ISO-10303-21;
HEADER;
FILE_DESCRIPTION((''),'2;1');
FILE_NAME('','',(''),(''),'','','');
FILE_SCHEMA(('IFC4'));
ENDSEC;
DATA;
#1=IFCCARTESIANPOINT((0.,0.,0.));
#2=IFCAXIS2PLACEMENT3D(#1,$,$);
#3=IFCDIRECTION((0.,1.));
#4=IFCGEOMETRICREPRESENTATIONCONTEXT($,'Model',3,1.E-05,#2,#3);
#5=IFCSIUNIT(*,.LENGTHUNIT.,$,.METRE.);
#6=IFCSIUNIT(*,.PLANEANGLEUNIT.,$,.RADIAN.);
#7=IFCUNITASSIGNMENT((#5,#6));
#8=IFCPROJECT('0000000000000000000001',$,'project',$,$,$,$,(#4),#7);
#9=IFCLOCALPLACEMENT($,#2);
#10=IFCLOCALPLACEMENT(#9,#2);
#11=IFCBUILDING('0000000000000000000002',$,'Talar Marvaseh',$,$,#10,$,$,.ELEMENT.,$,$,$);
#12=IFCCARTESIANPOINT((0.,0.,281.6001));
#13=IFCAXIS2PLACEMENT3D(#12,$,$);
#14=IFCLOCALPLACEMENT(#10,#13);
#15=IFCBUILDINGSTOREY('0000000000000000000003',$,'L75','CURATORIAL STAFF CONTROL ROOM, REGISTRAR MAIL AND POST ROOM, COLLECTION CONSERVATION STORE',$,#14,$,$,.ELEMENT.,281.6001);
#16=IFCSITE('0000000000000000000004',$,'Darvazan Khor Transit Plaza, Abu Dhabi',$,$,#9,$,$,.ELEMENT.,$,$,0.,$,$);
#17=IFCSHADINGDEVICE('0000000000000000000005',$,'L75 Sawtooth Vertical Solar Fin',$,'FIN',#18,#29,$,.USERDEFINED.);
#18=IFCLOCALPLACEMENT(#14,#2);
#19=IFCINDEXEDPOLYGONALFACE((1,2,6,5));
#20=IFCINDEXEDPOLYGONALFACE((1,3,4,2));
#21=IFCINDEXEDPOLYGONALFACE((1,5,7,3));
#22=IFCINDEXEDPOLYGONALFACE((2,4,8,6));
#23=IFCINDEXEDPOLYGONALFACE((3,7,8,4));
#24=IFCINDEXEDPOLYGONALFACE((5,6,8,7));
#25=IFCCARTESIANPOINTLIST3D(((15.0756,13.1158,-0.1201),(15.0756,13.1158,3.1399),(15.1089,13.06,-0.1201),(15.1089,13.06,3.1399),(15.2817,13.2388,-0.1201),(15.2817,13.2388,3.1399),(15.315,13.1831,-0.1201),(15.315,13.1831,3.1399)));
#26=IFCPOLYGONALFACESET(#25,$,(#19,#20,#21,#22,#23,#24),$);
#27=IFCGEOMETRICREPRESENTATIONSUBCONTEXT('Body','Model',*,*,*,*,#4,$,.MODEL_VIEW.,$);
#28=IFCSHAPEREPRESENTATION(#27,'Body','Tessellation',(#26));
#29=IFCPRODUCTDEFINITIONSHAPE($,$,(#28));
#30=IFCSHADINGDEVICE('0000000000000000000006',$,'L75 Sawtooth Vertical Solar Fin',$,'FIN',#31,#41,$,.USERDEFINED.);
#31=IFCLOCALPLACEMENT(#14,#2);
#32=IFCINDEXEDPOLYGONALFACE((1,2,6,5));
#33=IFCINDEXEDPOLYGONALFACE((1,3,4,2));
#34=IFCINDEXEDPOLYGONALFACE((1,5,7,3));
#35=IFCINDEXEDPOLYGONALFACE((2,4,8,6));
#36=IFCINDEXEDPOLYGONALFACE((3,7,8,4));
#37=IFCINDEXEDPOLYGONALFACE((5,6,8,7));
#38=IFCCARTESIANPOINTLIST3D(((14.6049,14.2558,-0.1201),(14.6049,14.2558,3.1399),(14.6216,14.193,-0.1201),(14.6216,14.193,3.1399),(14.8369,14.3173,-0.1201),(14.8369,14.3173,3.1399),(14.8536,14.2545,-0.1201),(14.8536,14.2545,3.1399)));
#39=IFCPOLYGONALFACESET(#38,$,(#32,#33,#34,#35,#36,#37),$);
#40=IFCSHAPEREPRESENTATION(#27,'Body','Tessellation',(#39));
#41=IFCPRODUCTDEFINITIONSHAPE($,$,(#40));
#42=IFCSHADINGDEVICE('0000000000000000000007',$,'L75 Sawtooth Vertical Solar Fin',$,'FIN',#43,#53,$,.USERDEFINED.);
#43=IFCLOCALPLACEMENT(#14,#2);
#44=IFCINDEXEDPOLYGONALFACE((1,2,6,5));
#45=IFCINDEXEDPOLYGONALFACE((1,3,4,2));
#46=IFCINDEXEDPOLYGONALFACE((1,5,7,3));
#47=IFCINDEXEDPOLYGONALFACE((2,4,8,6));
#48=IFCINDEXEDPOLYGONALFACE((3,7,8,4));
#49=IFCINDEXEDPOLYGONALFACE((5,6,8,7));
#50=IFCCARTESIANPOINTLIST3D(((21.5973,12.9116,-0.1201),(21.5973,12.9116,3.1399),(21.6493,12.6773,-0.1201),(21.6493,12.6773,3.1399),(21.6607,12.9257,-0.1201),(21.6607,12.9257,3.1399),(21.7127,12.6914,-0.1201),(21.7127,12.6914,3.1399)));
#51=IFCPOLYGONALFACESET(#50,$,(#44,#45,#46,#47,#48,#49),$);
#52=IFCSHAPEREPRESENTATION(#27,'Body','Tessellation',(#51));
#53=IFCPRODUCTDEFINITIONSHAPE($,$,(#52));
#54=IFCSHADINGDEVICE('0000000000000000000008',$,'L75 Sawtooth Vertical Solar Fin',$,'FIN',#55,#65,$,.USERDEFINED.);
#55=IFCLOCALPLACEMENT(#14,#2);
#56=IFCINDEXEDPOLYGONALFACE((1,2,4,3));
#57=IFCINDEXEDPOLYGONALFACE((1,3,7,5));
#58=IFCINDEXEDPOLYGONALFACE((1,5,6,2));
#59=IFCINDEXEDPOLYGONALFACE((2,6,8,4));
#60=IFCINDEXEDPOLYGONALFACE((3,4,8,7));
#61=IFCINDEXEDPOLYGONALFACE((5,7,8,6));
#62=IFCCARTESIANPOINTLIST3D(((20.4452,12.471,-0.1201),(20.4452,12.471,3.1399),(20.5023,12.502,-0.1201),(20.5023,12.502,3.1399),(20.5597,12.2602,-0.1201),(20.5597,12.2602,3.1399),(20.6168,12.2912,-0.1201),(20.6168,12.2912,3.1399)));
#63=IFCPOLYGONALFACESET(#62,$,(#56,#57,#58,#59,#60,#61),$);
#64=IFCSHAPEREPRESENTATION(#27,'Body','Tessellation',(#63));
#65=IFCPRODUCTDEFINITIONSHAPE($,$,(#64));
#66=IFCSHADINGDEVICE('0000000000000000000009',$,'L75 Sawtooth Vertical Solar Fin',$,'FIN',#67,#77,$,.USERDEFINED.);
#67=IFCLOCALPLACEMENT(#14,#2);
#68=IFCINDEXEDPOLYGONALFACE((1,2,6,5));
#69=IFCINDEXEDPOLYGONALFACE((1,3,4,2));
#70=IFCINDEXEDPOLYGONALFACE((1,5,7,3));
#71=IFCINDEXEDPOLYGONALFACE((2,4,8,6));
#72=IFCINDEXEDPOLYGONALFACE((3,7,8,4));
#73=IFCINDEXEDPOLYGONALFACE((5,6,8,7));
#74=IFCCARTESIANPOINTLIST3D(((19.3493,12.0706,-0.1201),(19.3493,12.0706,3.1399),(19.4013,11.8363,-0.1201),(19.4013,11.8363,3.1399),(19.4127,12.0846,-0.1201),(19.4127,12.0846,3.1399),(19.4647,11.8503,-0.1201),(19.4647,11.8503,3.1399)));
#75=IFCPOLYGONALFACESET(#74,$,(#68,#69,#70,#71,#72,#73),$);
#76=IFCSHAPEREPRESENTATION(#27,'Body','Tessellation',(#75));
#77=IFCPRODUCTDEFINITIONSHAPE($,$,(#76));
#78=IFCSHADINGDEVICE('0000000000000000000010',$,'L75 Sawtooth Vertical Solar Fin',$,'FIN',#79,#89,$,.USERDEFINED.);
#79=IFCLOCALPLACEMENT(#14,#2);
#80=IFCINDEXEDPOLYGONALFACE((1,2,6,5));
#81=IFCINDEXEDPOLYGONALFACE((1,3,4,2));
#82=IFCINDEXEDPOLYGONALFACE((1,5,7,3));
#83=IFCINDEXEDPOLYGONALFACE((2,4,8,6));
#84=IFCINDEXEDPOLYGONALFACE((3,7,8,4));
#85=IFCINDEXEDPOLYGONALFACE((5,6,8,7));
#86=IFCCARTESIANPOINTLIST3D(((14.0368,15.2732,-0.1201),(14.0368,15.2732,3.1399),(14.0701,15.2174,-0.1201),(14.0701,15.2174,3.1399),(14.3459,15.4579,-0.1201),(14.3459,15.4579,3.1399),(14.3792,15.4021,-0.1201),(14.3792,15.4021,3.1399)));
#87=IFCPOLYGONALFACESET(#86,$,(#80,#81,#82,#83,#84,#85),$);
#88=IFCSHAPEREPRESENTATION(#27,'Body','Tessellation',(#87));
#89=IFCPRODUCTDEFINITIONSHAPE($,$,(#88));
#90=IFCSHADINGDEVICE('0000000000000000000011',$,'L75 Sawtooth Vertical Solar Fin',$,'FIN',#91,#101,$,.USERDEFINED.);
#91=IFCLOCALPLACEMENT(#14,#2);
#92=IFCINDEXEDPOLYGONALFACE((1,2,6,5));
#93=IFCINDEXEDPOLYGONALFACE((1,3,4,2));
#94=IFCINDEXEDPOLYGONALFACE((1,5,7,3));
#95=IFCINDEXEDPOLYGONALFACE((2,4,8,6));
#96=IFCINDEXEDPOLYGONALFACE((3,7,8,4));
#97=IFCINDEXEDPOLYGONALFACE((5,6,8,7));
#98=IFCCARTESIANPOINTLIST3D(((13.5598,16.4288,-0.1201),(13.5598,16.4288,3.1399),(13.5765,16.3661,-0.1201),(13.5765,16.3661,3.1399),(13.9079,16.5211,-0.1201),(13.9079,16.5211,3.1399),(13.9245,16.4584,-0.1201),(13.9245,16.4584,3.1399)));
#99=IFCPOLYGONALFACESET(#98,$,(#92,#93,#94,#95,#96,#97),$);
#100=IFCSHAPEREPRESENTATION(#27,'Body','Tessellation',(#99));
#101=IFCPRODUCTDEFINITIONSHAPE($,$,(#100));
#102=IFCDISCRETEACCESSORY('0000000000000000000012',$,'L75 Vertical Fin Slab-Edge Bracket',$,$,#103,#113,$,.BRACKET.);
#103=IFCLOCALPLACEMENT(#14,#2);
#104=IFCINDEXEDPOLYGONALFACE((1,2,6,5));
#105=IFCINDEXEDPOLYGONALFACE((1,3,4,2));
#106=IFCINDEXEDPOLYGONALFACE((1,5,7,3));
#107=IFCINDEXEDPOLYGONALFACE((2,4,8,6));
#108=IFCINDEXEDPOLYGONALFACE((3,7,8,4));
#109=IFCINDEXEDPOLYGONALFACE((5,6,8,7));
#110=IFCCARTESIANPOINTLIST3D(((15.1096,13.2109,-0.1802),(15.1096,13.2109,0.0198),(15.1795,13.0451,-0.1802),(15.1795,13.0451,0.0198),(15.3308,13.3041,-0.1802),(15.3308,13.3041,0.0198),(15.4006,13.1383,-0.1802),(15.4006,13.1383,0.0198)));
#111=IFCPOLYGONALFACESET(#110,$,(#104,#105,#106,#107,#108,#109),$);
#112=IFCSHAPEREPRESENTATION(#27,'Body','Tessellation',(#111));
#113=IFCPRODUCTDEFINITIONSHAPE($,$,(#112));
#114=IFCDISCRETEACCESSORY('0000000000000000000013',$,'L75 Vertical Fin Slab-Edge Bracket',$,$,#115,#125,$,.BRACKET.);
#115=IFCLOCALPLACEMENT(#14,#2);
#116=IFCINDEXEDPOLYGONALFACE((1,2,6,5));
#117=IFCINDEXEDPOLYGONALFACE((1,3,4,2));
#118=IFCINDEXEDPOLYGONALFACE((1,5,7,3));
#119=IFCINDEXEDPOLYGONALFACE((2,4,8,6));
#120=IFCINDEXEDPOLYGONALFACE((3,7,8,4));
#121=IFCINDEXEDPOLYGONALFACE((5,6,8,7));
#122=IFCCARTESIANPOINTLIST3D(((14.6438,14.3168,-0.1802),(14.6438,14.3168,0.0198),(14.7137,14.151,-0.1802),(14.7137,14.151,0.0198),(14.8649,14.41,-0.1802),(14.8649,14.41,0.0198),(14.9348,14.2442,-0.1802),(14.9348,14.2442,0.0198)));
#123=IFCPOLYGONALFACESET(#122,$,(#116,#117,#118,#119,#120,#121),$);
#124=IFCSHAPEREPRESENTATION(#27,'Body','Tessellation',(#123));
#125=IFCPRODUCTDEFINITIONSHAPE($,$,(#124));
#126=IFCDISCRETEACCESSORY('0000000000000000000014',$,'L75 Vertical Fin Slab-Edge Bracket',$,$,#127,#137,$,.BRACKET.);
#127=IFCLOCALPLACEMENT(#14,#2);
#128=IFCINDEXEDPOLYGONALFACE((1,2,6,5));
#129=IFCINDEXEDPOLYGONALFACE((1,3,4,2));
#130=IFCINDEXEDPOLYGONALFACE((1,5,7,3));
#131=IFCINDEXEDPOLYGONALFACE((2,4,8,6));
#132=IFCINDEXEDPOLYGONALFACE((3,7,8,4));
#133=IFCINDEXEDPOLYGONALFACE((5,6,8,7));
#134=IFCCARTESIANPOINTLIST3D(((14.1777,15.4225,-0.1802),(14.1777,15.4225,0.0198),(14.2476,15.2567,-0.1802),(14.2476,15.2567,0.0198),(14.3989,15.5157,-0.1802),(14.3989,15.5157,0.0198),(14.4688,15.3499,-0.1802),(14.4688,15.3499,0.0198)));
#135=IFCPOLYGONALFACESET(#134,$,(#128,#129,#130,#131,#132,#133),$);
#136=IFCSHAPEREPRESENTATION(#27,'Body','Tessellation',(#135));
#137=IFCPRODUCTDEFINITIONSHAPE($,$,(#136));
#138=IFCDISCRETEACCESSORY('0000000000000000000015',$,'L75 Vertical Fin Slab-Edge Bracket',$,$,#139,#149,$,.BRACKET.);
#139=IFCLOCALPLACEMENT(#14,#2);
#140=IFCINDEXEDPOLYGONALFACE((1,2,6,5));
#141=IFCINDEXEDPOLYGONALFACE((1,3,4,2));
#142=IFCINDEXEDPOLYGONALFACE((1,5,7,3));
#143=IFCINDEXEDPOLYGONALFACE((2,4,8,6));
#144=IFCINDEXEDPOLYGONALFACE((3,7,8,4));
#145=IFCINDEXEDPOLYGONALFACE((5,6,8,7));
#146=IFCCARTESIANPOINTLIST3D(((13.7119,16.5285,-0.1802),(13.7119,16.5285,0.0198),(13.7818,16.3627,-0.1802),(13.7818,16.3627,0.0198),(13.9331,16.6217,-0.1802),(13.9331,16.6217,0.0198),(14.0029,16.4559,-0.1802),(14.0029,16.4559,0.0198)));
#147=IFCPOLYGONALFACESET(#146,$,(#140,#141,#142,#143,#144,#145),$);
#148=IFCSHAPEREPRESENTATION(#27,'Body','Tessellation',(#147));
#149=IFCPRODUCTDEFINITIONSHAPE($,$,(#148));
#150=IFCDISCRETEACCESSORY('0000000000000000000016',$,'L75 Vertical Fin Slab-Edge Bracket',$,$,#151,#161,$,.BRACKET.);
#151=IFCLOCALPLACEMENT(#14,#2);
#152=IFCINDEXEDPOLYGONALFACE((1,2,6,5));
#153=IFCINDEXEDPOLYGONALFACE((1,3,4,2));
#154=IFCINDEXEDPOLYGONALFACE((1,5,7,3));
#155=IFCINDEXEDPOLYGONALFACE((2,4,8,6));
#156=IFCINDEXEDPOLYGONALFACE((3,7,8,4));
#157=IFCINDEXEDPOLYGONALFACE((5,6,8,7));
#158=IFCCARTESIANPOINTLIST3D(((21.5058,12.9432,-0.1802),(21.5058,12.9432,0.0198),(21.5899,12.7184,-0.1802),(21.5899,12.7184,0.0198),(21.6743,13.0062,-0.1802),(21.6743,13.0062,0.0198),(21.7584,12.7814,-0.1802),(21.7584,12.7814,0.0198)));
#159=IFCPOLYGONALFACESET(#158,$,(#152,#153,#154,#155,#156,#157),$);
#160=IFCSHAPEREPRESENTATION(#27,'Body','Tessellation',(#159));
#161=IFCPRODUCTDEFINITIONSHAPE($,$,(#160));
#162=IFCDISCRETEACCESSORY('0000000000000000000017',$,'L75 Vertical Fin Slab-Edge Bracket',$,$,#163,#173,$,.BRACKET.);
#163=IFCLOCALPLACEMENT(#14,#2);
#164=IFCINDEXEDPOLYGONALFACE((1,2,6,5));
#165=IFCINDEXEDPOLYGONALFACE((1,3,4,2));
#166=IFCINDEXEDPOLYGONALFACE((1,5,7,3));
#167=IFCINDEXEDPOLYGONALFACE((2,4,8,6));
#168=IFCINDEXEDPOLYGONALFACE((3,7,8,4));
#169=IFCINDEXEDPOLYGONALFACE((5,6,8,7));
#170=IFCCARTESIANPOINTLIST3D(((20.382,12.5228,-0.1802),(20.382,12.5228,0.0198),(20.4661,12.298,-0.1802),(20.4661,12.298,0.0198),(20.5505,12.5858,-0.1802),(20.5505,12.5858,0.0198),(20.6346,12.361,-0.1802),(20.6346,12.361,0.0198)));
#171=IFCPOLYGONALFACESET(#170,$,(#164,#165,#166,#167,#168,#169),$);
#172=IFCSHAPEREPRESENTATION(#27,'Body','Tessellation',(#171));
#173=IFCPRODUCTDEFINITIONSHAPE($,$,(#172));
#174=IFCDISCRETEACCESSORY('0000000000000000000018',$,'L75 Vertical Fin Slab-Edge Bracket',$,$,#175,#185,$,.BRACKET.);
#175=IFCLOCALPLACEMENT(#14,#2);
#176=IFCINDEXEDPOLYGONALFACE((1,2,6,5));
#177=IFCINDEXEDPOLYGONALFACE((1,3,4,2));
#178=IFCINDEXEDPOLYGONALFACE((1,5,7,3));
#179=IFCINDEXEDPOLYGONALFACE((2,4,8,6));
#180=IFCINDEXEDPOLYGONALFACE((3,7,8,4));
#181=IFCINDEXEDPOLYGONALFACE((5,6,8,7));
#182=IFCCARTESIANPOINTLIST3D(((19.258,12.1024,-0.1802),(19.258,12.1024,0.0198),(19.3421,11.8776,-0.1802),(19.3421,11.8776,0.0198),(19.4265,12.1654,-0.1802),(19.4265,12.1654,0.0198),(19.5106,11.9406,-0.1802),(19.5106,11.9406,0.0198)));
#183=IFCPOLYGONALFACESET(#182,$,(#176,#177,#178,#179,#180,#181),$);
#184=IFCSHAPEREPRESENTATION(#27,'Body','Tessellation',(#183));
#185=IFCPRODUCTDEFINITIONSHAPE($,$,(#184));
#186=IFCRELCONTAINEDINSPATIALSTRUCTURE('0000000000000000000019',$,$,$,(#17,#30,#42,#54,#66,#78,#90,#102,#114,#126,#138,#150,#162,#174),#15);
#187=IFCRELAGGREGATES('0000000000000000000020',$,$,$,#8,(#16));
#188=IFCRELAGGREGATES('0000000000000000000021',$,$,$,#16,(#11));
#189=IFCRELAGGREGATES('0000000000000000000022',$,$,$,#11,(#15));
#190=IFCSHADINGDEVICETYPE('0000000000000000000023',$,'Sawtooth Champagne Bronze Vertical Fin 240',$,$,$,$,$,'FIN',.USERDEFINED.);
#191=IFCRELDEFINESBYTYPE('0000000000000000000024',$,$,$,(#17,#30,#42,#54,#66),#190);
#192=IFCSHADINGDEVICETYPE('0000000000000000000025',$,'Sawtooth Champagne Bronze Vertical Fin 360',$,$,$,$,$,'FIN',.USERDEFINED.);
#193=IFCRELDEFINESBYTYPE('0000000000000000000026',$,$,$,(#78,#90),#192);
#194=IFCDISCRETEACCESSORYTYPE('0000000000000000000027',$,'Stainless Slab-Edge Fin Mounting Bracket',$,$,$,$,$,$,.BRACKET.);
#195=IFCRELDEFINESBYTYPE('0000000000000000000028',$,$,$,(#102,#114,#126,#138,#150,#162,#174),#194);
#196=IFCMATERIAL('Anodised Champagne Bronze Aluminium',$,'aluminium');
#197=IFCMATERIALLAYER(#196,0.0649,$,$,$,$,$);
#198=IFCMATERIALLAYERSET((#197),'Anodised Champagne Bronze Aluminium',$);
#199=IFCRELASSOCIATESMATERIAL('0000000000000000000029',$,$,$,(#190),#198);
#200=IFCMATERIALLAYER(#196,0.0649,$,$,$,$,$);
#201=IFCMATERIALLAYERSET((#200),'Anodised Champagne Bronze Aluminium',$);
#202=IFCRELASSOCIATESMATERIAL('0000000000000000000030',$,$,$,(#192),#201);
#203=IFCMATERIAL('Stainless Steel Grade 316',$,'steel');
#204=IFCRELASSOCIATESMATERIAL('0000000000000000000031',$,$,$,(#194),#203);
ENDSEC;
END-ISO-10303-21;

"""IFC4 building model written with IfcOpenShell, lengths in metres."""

from ifc_helpers import new_model, si_unit, direction, frame, origin, origin_2d, place, context, subcontext, project, spatial, rectangle, extrude, source, transform, mapped, material, layer, layer_set, type_object, type_shapes, element, save


model = new_model("IFC4")

# Units and contexts
model_context = context("Model", 3, precision=1e-05, world=origin(), true_north=direction((0.0, 1.0)))
body_context = subcontext(model_context, "Body", "Model", "MODEL_VIEW")
ifc_project = project(units=[si_unit("LENGTHUNIT", "METRE"), si_unit("PLANEANGLEUNIT", "RADIAN")], contexts=[model_context])

# Site, building, storey
site_placement = place(None, origin())
site = spatial("IfcSite", under=ifc_project, at=site_placement, Name="Darvazan Khor Transit Plaza, Abu Dhabi", CompositionType="ELEMENT", RefElevation=0.0)
building_placement = place(site_placement, origin())
building = spatial("IfcBuilding", under=site, at=building_placement, Name="Talar Marvaseh", CompositionType="ELEMENT")
storey_placement = place(building_placement, frame((0.0, 0.0, 281.6001)))
storey = spatial("IfcBuildingStorey", under=building, at=storey_placement, Name="L75", Description="CURATORIAL STAFF CONTROL ROOM, REGISTRAR MAIL AND POST ROOM, COLLECTION CONSERVATION STORE", CompositionType="ELEMENT", Elevation=281.6001)

# Shading devices
ifc_material_1 = material(Name="Anodised Champagne Bronze Aluminium", Category="aluminium")
ifc_layer_1 = layer(ifc_material_1, 0.0649)
ifc_layer_set_1 = layer_set([ifc_layer_1], Name="Anodised Champagne Bronze Aluminium")
shading_device_type_1 = type_object("IfcShadingDeviceType", Name="Sawtooth Champagne Bronze Vertical Fin 240", ElementType="FIN", PredefinedType="USERDEFINED", material=ifc_layer_set_1)
shared_shape_1 = source(origin(), body_context, "Body", "SweptSolid", [
    extrude(rectangle(XDim=0.24, YDim=0.0649, at=origin_2d()), origin(), (0.0, 0.0, 1.0), 3.26),
])
type_shapes(shading_device_type_1, [shared_shape_1])
for number, where, z_axis, x_axis, name in (
    (1, (15.1953, 13.1494, -0.1201), (0.0, 0.0, 1.0), (-0.858513, -0.512792, 0.0), "L75 Sawtooth Vertical Solar Fin"),
    (2, (14.7292, 14.2551, -0.1201), (0.0, 0.0, 1.0), (-0.9666, -0.256289, 0.0), "L75 Sawtooth Vertical Solar Fin"),
    (3, (21.655, 12.8015, -0.1201), (0.0, 0.0, 1.0), (0.21661, -0.976258, 0.0), "L75 Sawtooth Vertical Solar Fin"),
    (4, (20.531, 12.3811, -0.1201), (0.0, 0.0, 1.0), (0.477312, -0.878734, 0.0), "L75 Sawtooth Vertical Solar Fin"),
    (5, (19.407, 11.9604, -0.1201), (0.0, 0.0, 1.0), (0.21661, -0.976258, 0.0), "L75 Sawtooth Vertical Solar Fin"),
):
    element("IfcShadingDevice", number, at=place(storey_placement, frame(where, z_axis=z_axis, x_axis=x_axis)), inside=storey, type_object=shading_device_type_1, Name=name, ObjectType="FIN", PredefinedType="USERDEFINED", context=body_context, shape_type="MappedRepresentation", body=[
        mapped(shared_shape_1, transform((0.0, 0.0, 0.0), x_axis=(1.0, 0.0, 0.0), y_axis=(0.0, 1.0, 0.0), z_axis=(0.0, 0.0, 1.0), scale=1.0)),
    ])
ifc_layer_2 = layer(ifc_material_1, 0.0649)
ifc_layer_set_2 = layer_set([ifc_layer_2], Name="Anodised Champagne Bronze Aluminium")
shading_device_type_2 = type_object("IfcShadingDeviceType", Name="Sawtooth Champagne Bronze Vertical Fin 360", ElementType="FIN", PredefinedType="USERDEFINED", material=ifc_layer_set_2)
shared_shape_2 = source(origin(), body_context, "Body", "SweptSolid", [
    extrude(rectangle(XDim=0.3601, YDim=0.0649, at=origin_2d()), origin(), (0.0, 0.0, 1.0), 3.26),
])
type_shapes(shading_device_type_2, [shared_shape_2])
for number, where, z_axis, x_axis, name in (
    (6, (14.208, 15.3376, -0.1201), (0.0, 0.0, 1.0), (-0.858513, -0.512792, 0.0), "L75 Sawtooth Vertical Solar Fin"),
    (7, (13.7422, 16.4436, -0.1201), (0.0, 0.0, 1.0), (-0.9666, -0.256289, 0.0), "L75 Sawtooth Vertical Solar Fin"),
):
    element("IfcShadingDevice", number, at=place(storey_placement, frame(where, z_axis=z_axis, x_axis=x_axis)), inside=storey, type_object=shading_device_type_2, Name=name, ObjectType="FIN", PredefinedType="USERDEFINED", context=body_context, shape_type="MappedRepresentation", body=[
        mapped(shared_shape_2, transform((0.0, 0.0, 0.0), x_axis=(1.0, 0.0, 0.0), y_axis=(0.0, 1.0, 0.0), z_axis=(0.0, 0.0, 1.0), scale=1.0)),
    ])

# Discrete accessories
ifc_material_2 = material(Name="Stainless Steel Grade 316", Category="steel")
discrete_accessory_type = type_object("IfcDiscreteAccessoryType", Name="Stainless Slab-Edge Fin Mounting Bracket", PredefinedType="BRACKET", material=ifc_material_2)
shared_shape_3 = source(origin(), body_context, "Body", "SweptSolid", [
    extrude(rectangle(XDim=0.24, YDim=0.1799, at=origin_2d()), origin(), (0.0, 0.0, 1.0), 0.2),
])
type_shapes(discrete_accessory_type, [shared_shape_3])
for number, where, z_axis, x_axis, name in (
    (8, (15.2551, 13.1746, -0.1802), (0.0, 0.0, 1.0), (-0.921525, -0.38832, 0.0), "L75 Vertical Fin Slab-Edge Bracket"),
    (9, (14.7893, 14.2805, -0.1802), (0.0, 0.0, 1.0), (-0.921525, -0.38832, 0.0), "L75 Vertical Fin Slab-Edge Bracket"),
    (10, (14.3232, 15.3862, -0.1802), (0.0, 0.0, 1.0), (-0.921525, -0.38832, 0.0), "L75 Vertical Fin Slab-Edge Bracket"),
    (11, (13.8574, 16.4922, -0.1802), (0.0, 0.0, 1.0), (-0.921525, -0.38832, 0.0), "L75 Vertical Fin Slab-Edge Bracket"),
    (12, (21.6321, 12.8623, -0.1802), (0.0, 0.0, 1.0), (0.350371, -0.936611, 0.0), "L75 Vertical Fin Slab-Edge Bracket"),
    (13, (20.5083, 12.4419, -0.1802), (0.0, 0.0, 1.0), (0.350371, -0.936611, 0.0), "L75 Vertical Fin Slab-Edge Bracket"),
    (14, (19.3843, 12.0215, -0.1802), (0.0, 0.0, 1.0), (0.350371, -0.936611, 0.0), "L75 Vertical Fin Slab-Edge Bracket"),
):
    element("IfcDiscreteAccessory", number, at=place(storey_placement, frame(where, z_axis=z_axis, x_axis=x_axis)), inside=storey, type_object=discrete_accessory_type, Name=name, PredefinedType="BRACKET", context=body_context, shape_type="MappedRepresentation", body=[
        mapped(shared_shape_3, transform((0.0, 0.0, 0.0), x_axis=(1.0, 0.0, 0.0), y_axis=(0.0, 1.0, 0.0), z_axis=(0.0, 0.0, 1.0), scale=1.0)),
    ])

save(model, "model.ifc")
